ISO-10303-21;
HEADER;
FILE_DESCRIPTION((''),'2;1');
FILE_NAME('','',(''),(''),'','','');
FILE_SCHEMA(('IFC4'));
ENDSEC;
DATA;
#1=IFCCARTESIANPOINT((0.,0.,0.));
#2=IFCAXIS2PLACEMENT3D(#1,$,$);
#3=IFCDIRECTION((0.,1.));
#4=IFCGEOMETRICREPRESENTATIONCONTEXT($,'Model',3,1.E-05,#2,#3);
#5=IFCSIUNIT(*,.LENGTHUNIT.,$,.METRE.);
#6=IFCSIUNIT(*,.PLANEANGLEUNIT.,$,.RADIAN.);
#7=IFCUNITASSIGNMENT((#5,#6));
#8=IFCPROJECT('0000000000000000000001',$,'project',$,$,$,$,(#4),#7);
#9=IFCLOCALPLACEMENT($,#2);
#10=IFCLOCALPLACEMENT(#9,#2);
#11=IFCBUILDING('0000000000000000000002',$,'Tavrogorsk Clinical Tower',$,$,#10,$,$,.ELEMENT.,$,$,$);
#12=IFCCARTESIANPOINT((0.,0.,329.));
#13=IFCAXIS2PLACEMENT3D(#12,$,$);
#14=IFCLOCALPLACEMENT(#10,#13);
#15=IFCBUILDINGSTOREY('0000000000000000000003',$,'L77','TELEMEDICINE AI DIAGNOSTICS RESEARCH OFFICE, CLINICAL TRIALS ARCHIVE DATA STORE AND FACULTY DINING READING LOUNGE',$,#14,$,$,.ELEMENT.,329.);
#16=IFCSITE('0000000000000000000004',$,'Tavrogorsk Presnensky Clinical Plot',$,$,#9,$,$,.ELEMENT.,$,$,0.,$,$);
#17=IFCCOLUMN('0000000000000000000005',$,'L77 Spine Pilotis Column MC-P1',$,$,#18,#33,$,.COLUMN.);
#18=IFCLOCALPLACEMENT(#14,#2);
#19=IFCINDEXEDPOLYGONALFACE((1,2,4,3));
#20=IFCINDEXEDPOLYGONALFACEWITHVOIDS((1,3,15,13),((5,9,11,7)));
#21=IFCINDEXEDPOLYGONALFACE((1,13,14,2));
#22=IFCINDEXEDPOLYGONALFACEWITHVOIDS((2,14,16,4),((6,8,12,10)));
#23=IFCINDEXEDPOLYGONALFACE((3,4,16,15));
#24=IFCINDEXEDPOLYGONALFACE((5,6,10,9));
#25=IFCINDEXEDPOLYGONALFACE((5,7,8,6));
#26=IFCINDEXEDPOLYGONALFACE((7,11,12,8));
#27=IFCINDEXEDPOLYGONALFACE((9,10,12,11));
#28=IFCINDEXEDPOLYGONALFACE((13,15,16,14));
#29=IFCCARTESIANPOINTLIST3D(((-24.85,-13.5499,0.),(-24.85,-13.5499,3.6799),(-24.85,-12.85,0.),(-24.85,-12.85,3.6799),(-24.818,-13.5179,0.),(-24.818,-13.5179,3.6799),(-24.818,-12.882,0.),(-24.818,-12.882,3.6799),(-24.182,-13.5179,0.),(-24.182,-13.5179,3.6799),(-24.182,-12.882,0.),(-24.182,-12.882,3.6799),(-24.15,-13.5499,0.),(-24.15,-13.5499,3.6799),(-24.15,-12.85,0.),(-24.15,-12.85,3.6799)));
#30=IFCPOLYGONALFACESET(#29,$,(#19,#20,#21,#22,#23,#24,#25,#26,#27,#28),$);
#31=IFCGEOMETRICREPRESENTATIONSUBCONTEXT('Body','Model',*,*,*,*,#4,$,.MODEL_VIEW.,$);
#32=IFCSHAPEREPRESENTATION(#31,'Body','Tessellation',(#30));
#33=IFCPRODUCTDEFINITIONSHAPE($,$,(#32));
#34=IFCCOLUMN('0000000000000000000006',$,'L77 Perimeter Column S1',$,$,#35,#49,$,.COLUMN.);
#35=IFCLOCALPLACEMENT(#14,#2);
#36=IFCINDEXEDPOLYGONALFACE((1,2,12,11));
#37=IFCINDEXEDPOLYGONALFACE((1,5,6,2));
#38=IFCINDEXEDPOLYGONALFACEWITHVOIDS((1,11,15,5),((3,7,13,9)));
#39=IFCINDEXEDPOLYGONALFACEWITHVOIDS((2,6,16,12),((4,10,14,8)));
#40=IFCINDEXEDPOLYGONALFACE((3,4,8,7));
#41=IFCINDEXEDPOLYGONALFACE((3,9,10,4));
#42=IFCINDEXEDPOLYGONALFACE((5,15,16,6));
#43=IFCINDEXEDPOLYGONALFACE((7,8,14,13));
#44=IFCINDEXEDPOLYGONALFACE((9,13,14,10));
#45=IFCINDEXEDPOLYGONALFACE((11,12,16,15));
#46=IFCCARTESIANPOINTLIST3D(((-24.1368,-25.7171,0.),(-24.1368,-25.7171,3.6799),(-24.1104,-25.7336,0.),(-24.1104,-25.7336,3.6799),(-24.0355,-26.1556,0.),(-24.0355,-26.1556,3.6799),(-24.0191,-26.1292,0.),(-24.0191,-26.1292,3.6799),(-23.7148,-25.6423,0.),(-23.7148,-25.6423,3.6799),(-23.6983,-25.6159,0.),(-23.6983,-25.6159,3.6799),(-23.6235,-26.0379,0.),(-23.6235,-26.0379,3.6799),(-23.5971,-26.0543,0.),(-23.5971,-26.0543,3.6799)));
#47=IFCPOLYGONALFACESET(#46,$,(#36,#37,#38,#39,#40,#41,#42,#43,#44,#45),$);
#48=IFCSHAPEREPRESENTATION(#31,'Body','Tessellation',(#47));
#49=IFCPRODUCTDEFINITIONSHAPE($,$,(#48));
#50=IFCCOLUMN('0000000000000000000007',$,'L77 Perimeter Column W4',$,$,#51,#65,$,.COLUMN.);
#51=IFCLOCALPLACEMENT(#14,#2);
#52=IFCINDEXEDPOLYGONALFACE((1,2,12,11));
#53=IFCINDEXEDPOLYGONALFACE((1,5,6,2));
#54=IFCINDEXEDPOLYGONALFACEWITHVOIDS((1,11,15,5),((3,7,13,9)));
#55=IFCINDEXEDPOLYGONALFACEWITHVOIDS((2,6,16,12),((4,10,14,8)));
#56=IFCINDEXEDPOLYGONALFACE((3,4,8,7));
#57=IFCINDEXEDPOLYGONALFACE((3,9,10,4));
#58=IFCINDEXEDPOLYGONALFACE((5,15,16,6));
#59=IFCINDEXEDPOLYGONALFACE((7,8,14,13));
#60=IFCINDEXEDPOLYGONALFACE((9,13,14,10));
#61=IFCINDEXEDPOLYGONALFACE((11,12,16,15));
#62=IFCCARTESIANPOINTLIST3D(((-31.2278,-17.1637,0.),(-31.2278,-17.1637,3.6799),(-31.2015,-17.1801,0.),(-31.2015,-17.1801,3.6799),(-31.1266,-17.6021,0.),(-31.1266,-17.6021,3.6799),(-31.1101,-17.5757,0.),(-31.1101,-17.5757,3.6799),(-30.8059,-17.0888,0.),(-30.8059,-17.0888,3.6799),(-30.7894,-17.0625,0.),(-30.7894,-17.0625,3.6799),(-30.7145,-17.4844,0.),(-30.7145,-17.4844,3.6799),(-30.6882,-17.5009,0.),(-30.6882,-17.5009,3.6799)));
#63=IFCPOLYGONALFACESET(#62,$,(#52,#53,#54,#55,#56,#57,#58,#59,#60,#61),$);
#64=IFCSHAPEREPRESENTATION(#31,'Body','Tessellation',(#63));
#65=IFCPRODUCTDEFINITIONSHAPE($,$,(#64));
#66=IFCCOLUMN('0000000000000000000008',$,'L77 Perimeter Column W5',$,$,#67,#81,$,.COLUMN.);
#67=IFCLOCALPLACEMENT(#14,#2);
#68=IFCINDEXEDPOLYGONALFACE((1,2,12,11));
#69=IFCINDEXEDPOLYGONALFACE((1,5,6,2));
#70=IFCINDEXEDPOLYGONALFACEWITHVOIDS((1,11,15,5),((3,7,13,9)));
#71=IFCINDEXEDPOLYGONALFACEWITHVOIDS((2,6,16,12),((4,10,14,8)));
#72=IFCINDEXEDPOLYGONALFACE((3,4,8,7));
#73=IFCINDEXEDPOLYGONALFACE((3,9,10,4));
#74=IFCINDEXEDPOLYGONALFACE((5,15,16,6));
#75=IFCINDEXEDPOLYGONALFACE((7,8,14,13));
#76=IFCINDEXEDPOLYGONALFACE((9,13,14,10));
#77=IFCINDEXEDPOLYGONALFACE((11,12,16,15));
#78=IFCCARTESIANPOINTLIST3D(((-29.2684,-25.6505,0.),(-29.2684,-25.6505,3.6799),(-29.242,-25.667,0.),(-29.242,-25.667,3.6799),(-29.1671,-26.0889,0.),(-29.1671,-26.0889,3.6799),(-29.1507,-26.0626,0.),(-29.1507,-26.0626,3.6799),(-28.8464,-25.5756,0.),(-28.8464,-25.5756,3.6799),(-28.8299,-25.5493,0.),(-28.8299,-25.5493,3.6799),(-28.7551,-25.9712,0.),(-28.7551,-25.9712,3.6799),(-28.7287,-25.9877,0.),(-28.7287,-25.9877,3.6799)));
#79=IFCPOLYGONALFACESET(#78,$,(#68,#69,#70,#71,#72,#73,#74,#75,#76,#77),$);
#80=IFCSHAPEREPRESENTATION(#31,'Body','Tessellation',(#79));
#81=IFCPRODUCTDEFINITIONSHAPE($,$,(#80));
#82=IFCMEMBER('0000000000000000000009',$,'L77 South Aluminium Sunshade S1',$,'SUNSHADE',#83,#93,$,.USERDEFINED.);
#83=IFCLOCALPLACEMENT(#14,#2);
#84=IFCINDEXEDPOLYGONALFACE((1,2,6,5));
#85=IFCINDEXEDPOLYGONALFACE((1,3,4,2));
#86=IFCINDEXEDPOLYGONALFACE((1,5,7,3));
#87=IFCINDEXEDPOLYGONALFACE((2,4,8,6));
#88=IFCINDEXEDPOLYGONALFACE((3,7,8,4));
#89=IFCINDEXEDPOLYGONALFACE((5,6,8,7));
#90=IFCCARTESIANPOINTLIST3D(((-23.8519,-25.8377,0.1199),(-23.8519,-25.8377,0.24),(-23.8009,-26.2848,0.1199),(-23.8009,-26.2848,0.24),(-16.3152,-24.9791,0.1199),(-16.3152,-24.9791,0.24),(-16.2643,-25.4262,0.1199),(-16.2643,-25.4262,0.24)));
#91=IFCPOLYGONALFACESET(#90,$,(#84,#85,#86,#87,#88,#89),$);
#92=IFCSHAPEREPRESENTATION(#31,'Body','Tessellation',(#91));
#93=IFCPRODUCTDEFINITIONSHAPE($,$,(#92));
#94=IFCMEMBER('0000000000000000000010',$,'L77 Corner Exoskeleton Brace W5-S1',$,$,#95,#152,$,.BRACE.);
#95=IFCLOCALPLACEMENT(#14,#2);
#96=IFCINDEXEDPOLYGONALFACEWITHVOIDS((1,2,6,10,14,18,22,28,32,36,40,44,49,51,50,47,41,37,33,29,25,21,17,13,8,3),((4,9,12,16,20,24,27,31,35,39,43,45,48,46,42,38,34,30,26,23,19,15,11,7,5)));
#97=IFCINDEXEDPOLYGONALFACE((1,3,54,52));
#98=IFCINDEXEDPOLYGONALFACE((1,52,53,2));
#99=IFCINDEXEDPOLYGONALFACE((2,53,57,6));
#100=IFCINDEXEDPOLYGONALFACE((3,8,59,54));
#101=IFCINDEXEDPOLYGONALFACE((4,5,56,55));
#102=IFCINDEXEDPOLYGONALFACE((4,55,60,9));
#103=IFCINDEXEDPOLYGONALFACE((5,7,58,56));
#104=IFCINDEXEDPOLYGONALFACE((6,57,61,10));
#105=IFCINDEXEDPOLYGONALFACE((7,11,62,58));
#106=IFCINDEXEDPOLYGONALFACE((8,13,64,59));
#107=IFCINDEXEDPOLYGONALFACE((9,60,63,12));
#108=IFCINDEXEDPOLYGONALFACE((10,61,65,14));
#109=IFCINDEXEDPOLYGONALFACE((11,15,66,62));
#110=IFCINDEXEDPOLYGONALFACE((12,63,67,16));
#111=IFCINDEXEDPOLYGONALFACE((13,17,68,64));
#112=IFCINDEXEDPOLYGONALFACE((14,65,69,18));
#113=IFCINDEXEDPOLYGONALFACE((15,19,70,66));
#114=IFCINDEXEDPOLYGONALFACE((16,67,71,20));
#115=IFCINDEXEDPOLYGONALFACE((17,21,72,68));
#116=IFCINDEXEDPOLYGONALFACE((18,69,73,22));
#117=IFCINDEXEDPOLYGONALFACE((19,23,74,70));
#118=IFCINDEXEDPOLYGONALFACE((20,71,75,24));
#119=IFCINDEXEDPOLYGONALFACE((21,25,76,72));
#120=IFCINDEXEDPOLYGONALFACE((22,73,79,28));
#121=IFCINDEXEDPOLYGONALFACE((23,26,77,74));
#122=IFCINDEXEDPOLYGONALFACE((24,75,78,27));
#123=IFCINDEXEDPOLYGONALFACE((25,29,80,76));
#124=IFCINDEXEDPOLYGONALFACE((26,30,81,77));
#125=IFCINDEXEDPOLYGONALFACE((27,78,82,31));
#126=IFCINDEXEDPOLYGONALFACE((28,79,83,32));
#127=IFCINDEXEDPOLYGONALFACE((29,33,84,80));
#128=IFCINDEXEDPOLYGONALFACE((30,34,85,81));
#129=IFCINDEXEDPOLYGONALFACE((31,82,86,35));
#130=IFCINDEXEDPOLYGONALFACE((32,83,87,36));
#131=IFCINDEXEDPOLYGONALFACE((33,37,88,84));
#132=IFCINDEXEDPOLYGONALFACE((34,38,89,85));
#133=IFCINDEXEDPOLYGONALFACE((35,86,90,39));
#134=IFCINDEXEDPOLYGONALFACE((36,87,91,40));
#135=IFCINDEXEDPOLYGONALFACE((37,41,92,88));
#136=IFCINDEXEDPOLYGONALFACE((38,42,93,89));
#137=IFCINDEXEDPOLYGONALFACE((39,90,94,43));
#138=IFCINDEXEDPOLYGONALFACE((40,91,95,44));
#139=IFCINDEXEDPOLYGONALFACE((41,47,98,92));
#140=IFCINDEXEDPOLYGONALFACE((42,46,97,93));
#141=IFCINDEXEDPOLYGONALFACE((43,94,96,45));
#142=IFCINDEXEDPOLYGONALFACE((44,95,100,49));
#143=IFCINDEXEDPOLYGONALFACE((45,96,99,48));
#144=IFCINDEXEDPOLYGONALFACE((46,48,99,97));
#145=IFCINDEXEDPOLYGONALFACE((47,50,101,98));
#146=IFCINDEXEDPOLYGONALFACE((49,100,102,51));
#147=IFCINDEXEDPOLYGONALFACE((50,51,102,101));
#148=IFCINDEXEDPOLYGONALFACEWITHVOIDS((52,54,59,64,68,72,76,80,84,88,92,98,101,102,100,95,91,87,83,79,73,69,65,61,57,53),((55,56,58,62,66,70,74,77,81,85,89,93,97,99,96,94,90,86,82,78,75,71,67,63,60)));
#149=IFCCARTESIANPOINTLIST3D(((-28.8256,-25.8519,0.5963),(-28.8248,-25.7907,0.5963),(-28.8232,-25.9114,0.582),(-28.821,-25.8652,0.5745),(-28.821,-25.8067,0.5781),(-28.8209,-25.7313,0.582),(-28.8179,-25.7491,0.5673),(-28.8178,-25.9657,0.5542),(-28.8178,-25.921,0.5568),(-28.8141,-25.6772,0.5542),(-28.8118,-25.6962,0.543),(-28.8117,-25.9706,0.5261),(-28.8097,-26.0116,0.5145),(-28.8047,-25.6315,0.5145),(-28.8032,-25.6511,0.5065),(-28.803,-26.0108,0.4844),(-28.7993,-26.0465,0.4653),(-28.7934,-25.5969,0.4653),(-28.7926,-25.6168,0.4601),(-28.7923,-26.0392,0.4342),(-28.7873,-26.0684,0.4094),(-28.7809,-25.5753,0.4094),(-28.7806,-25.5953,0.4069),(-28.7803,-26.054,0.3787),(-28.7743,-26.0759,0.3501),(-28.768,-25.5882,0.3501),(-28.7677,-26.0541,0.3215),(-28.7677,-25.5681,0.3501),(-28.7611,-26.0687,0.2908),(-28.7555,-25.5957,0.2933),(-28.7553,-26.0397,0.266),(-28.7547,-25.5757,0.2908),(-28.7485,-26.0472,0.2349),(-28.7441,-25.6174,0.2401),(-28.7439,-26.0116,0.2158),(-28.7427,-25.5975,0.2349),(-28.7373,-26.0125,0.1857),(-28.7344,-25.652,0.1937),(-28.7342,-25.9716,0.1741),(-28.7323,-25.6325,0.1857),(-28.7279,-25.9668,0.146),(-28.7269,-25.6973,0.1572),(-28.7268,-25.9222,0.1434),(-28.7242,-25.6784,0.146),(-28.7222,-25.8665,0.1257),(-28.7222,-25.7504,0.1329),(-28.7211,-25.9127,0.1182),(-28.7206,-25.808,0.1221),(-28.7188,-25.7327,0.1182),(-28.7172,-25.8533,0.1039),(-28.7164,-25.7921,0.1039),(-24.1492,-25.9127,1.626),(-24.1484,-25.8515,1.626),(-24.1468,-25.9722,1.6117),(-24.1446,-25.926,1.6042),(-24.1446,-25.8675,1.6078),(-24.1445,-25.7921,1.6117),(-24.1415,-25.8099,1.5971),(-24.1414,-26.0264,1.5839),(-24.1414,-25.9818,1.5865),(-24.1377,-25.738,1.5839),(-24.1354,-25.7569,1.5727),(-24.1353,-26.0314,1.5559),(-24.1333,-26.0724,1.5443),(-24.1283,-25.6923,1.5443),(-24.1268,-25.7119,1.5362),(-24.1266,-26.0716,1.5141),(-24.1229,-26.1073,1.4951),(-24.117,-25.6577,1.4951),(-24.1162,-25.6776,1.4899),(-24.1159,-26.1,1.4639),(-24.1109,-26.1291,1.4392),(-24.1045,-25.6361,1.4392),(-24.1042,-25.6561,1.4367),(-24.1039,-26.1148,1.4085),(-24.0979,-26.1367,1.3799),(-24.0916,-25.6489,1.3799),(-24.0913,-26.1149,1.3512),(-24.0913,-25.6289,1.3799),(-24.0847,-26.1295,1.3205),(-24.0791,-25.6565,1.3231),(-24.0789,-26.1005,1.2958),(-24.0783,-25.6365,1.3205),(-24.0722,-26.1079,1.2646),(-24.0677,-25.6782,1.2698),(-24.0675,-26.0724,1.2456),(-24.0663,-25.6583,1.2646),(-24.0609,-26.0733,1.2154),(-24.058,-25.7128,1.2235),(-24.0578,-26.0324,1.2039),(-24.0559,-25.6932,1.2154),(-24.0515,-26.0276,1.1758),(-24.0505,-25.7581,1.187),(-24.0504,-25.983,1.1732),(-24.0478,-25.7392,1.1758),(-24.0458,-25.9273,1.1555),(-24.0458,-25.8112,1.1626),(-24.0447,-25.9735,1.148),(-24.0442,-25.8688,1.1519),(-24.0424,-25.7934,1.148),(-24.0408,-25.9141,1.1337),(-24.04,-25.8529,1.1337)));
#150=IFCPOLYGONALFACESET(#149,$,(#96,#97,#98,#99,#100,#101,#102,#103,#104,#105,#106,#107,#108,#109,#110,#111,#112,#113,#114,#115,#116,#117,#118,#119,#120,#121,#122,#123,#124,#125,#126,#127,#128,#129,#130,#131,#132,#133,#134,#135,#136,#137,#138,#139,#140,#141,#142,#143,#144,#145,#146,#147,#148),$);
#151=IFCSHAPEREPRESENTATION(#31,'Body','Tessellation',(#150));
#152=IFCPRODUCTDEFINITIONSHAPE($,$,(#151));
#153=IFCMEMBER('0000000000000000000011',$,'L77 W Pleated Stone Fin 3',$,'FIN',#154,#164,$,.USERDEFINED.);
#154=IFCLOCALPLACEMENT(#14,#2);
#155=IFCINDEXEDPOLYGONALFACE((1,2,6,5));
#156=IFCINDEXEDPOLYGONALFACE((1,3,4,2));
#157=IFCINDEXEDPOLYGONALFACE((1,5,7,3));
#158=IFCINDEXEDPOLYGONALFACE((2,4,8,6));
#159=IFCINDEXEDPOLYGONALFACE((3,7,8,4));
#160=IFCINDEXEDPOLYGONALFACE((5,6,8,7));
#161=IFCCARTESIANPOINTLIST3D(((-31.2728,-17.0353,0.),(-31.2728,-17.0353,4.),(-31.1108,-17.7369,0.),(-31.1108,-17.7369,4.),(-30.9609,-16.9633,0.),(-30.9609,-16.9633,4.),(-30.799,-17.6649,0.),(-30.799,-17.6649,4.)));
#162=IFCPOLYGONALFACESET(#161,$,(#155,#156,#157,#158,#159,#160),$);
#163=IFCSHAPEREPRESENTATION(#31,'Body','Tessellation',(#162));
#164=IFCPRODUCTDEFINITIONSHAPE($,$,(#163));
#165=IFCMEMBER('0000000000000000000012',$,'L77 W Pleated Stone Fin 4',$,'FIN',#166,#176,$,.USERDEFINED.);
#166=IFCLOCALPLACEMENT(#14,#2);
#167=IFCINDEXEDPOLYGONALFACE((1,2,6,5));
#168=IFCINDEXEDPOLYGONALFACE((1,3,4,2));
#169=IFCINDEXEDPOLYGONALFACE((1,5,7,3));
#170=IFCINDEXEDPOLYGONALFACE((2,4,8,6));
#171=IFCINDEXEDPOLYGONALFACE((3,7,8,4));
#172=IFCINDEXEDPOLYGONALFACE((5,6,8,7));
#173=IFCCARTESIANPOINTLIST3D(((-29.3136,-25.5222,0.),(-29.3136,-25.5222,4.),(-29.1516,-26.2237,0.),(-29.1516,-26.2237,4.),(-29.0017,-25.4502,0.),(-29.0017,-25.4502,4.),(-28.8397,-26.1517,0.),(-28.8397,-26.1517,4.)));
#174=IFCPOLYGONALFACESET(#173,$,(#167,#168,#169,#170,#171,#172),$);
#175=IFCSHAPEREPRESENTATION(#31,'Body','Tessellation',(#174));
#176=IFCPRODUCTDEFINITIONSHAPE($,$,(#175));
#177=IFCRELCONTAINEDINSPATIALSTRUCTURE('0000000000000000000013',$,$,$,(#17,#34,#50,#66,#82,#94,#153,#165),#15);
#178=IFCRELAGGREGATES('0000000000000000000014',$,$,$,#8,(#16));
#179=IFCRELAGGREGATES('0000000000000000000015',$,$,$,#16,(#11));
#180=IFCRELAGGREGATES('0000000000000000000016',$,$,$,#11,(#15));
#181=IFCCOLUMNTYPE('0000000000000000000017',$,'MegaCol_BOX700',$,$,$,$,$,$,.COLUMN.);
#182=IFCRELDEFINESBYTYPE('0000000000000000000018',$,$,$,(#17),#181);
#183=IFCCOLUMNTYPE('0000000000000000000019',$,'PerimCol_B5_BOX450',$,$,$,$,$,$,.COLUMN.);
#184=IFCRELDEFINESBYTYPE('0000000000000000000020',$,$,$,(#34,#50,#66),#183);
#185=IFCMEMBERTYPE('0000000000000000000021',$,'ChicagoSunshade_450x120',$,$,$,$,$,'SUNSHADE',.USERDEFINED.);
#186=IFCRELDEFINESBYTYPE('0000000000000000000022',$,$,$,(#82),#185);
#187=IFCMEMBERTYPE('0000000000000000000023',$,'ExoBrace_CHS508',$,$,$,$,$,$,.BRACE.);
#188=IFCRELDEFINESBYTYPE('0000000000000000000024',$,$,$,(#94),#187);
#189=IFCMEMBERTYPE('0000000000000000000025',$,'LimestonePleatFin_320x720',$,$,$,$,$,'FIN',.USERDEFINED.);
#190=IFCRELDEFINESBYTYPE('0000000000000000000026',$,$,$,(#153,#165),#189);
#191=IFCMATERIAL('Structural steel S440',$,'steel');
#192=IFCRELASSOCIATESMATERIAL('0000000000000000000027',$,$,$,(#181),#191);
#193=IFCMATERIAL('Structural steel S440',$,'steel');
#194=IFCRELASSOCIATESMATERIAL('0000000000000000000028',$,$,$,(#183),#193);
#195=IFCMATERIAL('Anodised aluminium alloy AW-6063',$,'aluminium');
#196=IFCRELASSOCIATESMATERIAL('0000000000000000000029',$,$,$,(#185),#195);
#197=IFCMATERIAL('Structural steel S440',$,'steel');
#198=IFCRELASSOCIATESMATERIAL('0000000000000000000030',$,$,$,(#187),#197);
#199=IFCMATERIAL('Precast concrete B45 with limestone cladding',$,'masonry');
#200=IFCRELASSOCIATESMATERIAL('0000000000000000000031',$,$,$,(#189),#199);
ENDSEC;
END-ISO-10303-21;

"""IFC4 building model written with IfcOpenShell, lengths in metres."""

from ifc_helpers import new_model, si_unit, direction, frame, origin, origin_2d, place, context, subcontext, project, spatial, rectangle, hollow_rectangle, hollow_circle, extrude, material, material_profile, profile_set, type_object, element, save


model = new_model("IFC4")

# Units and contexts
model_context = context("Model", 3, precision=1e-05, world=origin(), true_north=direction((0.0, 1.0)))
body_context = subcontext(model_context, "Body", "Model", "MODEL_VIEW")
ifc_project = project(units=[si_unit("LENGTHUNIT", "METRE"), si_unit("PLANEANGLEUNIT", "RADIAN")], contexts=[model_context])

# Site, building, storey
site_placement = place(None, origin())
site = spatial("IfcSite", under=ifc_project, at=site_placement, Name="Tavrogorsk Presnensky Clinical Plot", CompositionType="ELEMENT", RefElevation=0.0)
building_placement = place(site_placement, origin())
building = spatial("IfcBuilding", under=site, at=building_placement, Name="Tavrogorsk Clinical Tower", CompositionType="ELEMENT")
storey_placement = place(building_placement, frame((0.0, 0.0, 329.0)))
storey = spatial("IfcBuildingStorey", under=building, at=storey_placement, Name="L77", Description="TELEMEDICINE AI DIAGNOSTICS RESEARCH OFFICE, CLINICAL TRIALS ARCHIVE DATA STORE AND FACULTY DINING READING LOUNGE", CompositionType="ELEMENT", Elevation=329.0)

# Columns
ifc_material_1 = material(Name="Structural steel S440", Category="steel")
ifc_material_profile_1 = material_profile(ifc_material_1, hollow_rectangle(XDim=0.7, YDim=0.7, WallThickness=0.032, at=origin_2d()), Name="BOX-700x700x32")
ifc_profile_set_1 = profile_set([ifc_material_profile_1], Name="Structural steel S440")
column_type_1 = type_object("IfcColumnType", Name="MegaCol_BOX700", PredefinedType="COLUMN", material=ifc_profile_set_1)
column_placement = place(storey_placement, frame((-24.5, -13.2, 0.0), z_axis=(0.0, 0.0, 1.0), x_axis=(1.0, 0.0, 0.0)))
element("IfcColumn", 1, at=column_placement, inside=storey, type_object=column_type_1, Name="L77 Spine Pilotis Column MC-P1", PredefinedType="COLUMN", context=body_context, shape_type="SweptSolid", body=[
    extrude(hollow_rectangle(XDim=0.7, YDim=0.7, WallThickness=0.032, at=origin_2d()), origin(), (0.0, 0.0, 1.0), 3.6799),
])
ifc_material_2 = material(Name="Structural steel S440", Category="steel")
ifc_material_profile_2 = material_profile(ifc_material_2, hollow_rectangle(XDim=0.45, YDim=0.45, WallThickness=0.022, at=origin_2d()), Name="BOX-450x450x22")
ifc_profile_set_2 = profile_set([ifc_material_profile_2], Name="Structural steel S440")
column_type_2 = type_object("IfcColumnType", Name="PerimCol_B5_BOX450", PredefinedType="COLUMN", material=ifc_profile_set_2)
for number, where, z_axis, x_axis, name in (
    (2, (-23.8669, -25.8857, 0.0), (0.0, 0.0, 1.0), (0.97437, 0.224951, 0.0), "L77 Perimeter Column S1"),
    (3, (-30.958, -17.3323, 0.0), (0.0, 0.0, 1.0), (0.97437, 0.224951, 0.0), "L77 Perimeter Column W4"),
    (4, (-28.9985, -25.8191, 0.0), (0.0, 0.0, 1.0), (0.97437, 0.224951, 0.0), "L77 Perimeter Column W5"),
):
    element("IfcColumn", number, at=place(storey_placement, frame(where, z_axis=z_axis, x_axis=x_axis)), inside=storey, type_object=column_type_2, Name=name, PredefinedType="COLUMN", context=body_context, shape_type="SweptSolid", body=[
        extrude(hollow_rectangle(XDim=0.45, YDim=0.45, WallThickness=0.022, at=origin_2d()), origin(), (0.0, 0.0, 1.0), 3.6799),
    ])

# Members
ifc_material_3 = material(Name="Anodised aluminium alloy AW-6063", Category="aluminium")
ifc_material_profile_3 = material_profile(ifc_material_3, rectangle(XDim=0.45, YDim=0.1201, at=origin_2d()), Name="ALU-SUNSHADE-450x120")
ifc_profile_set_3 = profile_set([ifc_material_profile_3], Name="Anodised aluminium alloy AW-6063")
member_type_1 = type_object("IfcMemberType", Name="ChicagoSunshade_450x120", ElementType="SUNSHADE", PredefinedType="USERDEFINED", material=ifc_profile_set_3)
member_1_placement = place(storey_placement, frame((-23.8264, -26.0613, 0.1799), z_axis=(0.993573, 0.113197, 0.0), x_axis=(-0.113197, 0.993573, 0.0)))
element("IfcMember", 5, at=member_1_placement, inside=storey, type_object=member_type_1, Name="L77 South Aluminium Sunshade S1", ObjectType="SUNSHADE", PredefinedType="USERDEFINED", context=body_context, shape_type="SweptSolid", body=[
    extrude(rectangle(XDim=0.45, YDim=0.1201, at=origin_2d()), origin(), (0.0, 0.0, 1.0), 7.5854),
])
ifc_material_4 = material(Name="Structural steel S440", Category="steel")
ifc_material_profile_4 = material_profile(ifc_material_4, hollow_circle(Radius=0.2539, WallThickness=0.02, at=origin_2d()), Name="CHS-508x20")
ifc_profile_set_4 = profile_set([ifc_material_profile_4], Name="Structural steel S440")
member_type_2 = type_object("IfcMemberType", Name="ExoBrace_CHS508", PredefinedType="BRACE", material=ifc_profile_set_4)
member_2_placement = place(storey_placement, frame((-28.771, -25.822, 0.3501), z_axis=(0.976524, -0.012694, 0.215034), x_axis=(0.012998, 0.999916, 0.0)))
element("IfcMember", 6, at=member_2_placement, inside=storey, type_object=member_type_2, Name="L77 Corner Exoskeleton Brace W5-S1", PredefinedType="BRACE", context=body_context, shape_type="SweptSolid", body=[
    extrude(hollow_circle(Radius=0.2539, WallThickness=0.02, at=origin_2d()), origin(), (0.0, 0.0, 1.0), 4.7888),
])
ifc_material_5 = material(Name="Precast concrete B45 with limestone cladding", Category="masonry")
ifc_material_profile_5 = material_profile(ifc_material_5, rectangle(XDim=0.3201, YDim=0.72, at=origin_2d()), Name="LIMESTONE-FIN-320x720")
ifc_profile_set_5 = profile_set([ifc_material_profile_5], Name="Precast concrete B45 with limestone cladding")
member_type_3 = type_object("IfcMemberType", Name="LimestonePleatFin_320x720", ElementType="FIN", PredefinedType="USERDEFINED", material=ifc_profile_set_5)
for number, where, z_axis, x_axis, name in (
    (7, (-31.0359, -17.3501, 0.0), (0.0, 0.0, 1.0), (0.97437, 0.224951, 0.0), "L77 W Pleated Stone Fin 3"),
    (8, (-29.0767, -25.8369, 0.0), (0.0, 0.0, 1.0), (0.97437, 0.224951, 0.0), "L77 W Pleated Stone Fin 4"),
):
    element("IfcMember", number, at=place(storey_placement, frame(where, z_axis=z_axis, x_axis=x_axis)), inside=storey, type_object=member_type_3, Name=name, ObjectType="FIN", PredefinedType="USERDEFINED", context=body_context, shape_type="SweptSolid", body=[
        extrude(rectangle(XDim=0.3201, YDim=0.72, at=origin_2d()), origin(), (0.0, 0.0, 1.0), 4.0),
    ])

save(model, "model.ifc")
